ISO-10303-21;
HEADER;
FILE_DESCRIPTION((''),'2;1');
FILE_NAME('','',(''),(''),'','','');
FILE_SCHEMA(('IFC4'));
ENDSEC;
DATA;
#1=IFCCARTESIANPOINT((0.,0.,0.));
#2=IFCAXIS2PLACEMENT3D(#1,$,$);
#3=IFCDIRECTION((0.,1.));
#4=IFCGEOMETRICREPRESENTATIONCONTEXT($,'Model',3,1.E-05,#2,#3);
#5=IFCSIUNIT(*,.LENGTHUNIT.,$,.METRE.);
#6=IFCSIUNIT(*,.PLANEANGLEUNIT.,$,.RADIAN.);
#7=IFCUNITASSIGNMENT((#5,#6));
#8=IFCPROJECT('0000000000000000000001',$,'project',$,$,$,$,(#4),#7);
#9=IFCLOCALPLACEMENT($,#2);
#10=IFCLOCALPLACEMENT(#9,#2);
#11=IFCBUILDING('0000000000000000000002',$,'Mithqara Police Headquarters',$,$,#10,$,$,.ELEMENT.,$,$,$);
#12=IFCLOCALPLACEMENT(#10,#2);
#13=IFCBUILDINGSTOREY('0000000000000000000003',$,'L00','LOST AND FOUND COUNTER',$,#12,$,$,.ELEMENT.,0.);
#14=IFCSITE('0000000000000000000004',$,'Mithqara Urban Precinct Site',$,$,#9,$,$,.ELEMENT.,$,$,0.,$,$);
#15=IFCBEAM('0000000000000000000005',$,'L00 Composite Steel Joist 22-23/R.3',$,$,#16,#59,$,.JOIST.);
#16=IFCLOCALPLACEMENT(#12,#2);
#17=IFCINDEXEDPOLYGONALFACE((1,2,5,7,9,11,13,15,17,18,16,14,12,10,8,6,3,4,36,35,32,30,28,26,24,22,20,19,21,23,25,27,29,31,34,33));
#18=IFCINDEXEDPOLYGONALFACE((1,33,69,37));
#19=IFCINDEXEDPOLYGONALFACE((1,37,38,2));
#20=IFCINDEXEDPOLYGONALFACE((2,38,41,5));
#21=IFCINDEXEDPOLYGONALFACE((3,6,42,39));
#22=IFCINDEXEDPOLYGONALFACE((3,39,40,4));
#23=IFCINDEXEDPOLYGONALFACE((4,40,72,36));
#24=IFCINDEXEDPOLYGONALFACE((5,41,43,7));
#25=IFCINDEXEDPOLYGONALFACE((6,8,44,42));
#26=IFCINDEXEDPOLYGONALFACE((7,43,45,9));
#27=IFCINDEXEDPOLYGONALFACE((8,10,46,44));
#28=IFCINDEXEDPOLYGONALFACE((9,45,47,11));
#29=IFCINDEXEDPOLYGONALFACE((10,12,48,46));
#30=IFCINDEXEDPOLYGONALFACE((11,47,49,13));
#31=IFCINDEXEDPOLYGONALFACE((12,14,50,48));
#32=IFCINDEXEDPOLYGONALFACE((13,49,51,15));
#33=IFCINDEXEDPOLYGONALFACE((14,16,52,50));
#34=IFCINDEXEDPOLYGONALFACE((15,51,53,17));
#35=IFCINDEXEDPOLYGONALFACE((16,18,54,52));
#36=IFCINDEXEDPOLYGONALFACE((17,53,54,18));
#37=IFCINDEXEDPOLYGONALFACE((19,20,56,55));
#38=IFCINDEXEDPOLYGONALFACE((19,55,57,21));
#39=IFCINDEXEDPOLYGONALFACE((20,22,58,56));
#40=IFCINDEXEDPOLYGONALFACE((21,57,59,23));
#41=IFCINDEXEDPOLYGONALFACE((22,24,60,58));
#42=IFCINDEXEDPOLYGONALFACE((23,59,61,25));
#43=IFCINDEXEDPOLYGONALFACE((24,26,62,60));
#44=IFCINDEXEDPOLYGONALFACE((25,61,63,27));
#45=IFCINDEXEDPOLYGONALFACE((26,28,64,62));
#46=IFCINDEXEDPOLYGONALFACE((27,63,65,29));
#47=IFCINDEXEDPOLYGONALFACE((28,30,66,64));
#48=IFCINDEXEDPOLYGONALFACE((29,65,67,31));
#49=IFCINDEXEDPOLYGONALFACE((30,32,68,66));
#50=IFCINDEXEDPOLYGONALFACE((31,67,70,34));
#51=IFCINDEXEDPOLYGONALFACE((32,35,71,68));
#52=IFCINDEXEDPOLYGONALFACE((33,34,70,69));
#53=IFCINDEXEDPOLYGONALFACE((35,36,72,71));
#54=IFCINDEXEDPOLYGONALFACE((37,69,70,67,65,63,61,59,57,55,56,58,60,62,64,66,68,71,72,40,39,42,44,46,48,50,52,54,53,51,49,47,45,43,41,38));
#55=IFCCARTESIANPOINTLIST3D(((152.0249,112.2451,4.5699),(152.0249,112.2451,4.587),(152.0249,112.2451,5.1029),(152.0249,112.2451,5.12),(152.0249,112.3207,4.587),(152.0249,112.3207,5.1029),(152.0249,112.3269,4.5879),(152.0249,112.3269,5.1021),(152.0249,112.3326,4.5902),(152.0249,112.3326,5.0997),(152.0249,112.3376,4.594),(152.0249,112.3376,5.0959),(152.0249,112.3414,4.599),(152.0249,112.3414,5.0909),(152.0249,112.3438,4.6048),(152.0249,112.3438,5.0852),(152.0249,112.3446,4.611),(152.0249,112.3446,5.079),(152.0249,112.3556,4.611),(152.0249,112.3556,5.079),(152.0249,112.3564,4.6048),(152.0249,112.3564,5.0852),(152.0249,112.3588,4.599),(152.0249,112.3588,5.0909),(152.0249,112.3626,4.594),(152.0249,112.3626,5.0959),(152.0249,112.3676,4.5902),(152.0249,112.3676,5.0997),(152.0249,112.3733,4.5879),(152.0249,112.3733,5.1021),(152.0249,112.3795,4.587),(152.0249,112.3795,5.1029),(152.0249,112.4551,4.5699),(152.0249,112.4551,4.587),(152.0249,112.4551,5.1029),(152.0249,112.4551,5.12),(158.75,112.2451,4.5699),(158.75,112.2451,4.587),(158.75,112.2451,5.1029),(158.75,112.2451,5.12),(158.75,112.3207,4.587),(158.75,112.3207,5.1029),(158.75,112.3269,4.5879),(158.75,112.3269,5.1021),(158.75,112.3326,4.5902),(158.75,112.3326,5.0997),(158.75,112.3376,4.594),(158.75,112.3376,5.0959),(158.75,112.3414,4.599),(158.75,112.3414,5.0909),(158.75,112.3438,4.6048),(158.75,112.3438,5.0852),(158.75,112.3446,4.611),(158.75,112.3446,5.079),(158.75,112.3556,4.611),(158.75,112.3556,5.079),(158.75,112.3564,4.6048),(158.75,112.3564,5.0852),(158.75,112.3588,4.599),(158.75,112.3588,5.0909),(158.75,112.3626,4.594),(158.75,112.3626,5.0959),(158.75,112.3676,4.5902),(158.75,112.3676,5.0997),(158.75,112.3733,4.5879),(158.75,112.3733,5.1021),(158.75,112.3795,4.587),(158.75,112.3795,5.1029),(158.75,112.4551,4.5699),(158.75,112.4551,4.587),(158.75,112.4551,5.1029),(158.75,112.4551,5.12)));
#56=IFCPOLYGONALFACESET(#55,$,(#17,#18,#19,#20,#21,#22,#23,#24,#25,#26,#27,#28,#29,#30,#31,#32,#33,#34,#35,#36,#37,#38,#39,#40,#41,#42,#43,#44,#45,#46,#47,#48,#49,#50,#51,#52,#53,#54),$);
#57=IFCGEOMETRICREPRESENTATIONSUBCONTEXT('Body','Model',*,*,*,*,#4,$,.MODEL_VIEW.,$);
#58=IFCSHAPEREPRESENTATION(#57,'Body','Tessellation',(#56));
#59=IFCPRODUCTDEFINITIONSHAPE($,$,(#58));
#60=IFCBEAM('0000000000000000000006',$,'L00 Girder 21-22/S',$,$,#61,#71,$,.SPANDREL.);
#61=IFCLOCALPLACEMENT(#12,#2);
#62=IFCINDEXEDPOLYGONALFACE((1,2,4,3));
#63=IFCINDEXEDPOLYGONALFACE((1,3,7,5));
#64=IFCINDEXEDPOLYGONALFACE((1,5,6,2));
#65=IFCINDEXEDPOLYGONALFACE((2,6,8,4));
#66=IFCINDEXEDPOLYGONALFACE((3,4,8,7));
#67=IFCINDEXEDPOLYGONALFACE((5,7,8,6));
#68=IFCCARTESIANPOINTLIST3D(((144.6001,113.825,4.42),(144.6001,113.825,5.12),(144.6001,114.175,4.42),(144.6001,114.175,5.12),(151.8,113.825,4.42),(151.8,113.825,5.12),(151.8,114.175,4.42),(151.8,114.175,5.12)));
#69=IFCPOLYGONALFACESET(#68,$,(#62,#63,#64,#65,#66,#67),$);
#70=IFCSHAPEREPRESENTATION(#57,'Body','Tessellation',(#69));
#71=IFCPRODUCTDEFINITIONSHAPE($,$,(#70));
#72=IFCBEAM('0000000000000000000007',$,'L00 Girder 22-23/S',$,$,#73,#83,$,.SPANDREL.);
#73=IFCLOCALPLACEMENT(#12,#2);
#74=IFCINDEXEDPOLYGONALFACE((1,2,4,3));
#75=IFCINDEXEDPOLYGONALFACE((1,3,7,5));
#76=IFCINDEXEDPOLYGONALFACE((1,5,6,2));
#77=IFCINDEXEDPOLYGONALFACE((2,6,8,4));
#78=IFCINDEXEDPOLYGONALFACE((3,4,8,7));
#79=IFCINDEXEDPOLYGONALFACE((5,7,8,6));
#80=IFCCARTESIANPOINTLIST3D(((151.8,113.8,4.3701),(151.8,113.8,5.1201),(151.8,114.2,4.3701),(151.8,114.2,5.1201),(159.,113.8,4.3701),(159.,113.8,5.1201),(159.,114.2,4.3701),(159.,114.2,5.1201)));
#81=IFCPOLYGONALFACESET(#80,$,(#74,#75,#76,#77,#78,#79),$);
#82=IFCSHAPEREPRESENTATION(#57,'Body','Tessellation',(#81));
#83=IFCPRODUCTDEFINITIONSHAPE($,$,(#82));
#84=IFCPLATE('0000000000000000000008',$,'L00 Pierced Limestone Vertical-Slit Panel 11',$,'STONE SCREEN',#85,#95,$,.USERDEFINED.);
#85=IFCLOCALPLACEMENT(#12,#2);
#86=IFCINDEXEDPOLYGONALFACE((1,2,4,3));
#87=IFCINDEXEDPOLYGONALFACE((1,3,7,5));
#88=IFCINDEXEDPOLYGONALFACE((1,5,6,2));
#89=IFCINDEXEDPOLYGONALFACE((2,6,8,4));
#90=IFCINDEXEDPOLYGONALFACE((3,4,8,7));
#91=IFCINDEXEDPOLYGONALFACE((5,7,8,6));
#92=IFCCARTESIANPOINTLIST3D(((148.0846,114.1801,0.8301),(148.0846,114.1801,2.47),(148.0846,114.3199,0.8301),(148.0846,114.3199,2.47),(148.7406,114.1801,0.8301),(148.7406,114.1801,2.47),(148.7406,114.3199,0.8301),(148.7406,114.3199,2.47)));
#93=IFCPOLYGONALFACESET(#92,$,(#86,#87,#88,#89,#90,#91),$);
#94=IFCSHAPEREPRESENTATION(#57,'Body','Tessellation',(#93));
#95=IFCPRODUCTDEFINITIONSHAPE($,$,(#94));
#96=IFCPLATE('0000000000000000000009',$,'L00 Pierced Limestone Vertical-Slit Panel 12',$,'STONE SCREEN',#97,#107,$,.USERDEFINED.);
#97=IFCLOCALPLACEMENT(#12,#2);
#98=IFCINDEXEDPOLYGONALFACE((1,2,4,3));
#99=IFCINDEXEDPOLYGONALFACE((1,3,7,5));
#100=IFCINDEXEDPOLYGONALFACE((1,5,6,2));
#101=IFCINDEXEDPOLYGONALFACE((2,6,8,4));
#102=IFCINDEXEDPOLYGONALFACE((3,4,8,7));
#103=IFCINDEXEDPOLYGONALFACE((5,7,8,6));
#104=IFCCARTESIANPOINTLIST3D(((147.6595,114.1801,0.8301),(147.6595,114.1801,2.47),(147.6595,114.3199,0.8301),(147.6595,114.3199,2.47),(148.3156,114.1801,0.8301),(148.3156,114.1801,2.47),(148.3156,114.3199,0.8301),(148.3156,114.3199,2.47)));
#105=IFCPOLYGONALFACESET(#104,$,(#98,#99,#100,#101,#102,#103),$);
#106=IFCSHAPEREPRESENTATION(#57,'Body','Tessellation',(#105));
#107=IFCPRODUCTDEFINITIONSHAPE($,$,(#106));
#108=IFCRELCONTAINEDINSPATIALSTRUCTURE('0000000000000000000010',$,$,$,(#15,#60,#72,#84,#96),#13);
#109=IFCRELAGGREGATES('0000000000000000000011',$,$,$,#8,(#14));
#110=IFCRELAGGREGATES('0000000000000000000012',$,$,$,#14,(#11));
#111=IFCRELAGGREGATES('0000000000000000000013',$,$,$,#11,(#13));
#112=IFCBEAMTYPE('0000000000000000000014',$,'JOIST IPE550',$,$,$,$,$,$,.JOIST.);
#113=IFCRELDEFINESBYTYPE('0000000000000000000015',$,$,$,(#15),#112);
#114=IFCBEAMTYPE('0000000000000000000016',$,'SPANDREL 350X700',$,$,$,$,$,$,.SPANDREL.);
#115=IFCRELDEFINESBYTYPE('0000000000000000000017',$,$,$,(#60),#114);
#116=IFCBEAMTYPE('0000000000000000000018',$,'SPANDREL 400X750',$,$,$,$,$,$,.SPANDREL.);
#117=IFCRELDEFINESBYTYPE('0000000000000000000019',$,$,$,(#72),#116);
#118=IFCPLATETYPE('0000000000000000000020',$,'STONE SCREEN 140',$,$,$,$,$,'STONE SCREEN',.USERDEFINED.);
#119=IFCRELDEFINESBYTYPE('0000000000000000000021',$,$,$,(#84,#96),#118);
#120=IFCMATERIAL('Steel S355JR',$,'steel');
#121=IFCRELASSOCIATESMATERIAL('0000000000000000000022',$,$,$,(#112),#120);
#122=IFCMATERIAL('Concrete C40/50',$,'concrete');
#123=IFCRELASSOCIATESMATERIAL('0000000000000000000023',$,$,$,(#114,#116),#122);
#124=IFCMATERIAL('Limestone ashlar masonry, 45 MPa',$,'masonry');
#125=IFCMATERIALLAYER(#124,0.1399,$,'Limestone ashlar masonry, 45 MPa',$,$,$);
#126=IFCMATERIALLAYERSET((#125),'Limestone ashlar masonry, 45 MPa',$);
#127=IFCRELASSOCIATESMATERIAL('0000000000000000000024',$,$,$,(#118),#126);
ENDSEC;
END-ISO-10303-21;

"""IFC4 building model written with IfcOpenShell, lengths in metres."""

from ifc_helpers import new_model, si_unit, direction, frame, origin, origin_2d, place, context, subcontext, project, spatial, rectangle, i_section, extrude, material, layer, layer_set, material_profile, profile_set, type_object, element, save


model = new_model("IFC4")

# Units and contexts
model_context = context("Model", 3, precision=1e-05, world=origin(), true_north=direction((0.0, 1.0)))
body_context = subcontext(model_context, "Body", "Model", "MODEL_VIEW")
ifc_project = project(units=[si_unit("LENGTHUNIT", "METRE"), si_unit("PLANEANGLEUNIT", "RADIAN")], contexts=[model_context])

# Site, building, storey
site_placement = place(None, origin())
site = spatial("IfcSite", under=ifc_project, at=site_placement, Name="Mithqara Urban Precinct Site", CompositionType="ELEMENT", RefElevation=0.0)
building_placement = place(site_placement, origin())
building = spatial("IfcBuilding", under=site, at=building_placement, Name="Mithqara Police Headquarters", CompositionType="ELEMENT")
storey_placement = place(building_placement, origin())
storey = spatial("IfcBuildingStorey", under=building, at=storey_placement, Name="L00", Description="LOST AND FOUND COUNTER", CompositionType="ELEMENT", Elevation=0.0)

# Beams
ifc_material_1 = material(Name="Concrete C40/50", Category="concrete")
ifc_material_2 = material(Name="Steel S355JR", Category="steel")
ifc_material_profile_1 = material_profile(ifc_material_2, i_section(OverallWidth=0.21, OverallDepth=0.55, WebThickness=0.011, FlangeThickness=0.0171, FilletRadius=0.0239, at=origin_2d()), Name="IPE 550")
ifc_profile_set_1 = profile_set([ifc_material_profile_1], Name="Steel S355JR")
beam_type_1 = type_object("IfcBeamType", Name="JOIST IPE550", PredefinedType="JOIST", material=ifc_profile_set_1)
beam_1_placement = place(storey_placement, frame((152.0249, 112.3501, 4.845), z_axis=(1.0, 0.0, 0.0), x_axis=(0.0, 1.0, 0.0)))
element("IfcBeam", 1, at=beam_1_placement, inside=storey, type_object=beam_type_1, Name="L00 Composite Steel Joist 22-23/R.3", PredefinedType="JOIST", context=body_context, shape_type="SweptSolid", body=[
    extrude(i_section(OverallWidth=0.21, OverallDepth=0.55, WebThickness=0.011, FlangeThickness=0.0171, FilletRadius=0.0239, at=origin_2d()), origin(), (0.0, 0.0, 1.0), 6.7251),
])
ifc_material_profile_2 = material_profile(ifc_material_1, rectangle(XDim=0.3501, YDim=0.7, at=origin_2d()), Name="SPB 350x700")
ifc_profile_set_2 = profile_set([ifc_material_profile_2], Name="Concrete C40/50")
beam_type_2 = type_object("IfcBeamType", Name="SPANDREL 350X700", PredefinedType="SPANDREL", material=ifc_profile_set_2)
beam_2_placement = place(storey_placement, frame((144.6001, 114.0, 4.77), z_axis=(1.0, 0.0, 0.0), x_axis=(0.0, 1.0, 0.0)))
element("IfcBeam", 2, at=beam_2_placement, inside=storey, type_object=beam_type_2, Name="L00 Girder 21-22/S", PredefinedType="SPANDREL", context=body_context, shape_type="SweptSolid", body=[
    extrude(rectangle(XDim=0.3501, YDim=0.7, at=origin_2d()), origin(), (0.0, 0.0, 1.0), 7.2),
])
ifc_material_profile_3 = material_profile(ifc_material_1, rectangle(XDim=0.3999, YDim=0.75, at=origin_2d()), Name="SPB 400x750")
ifc_profile_set_3 = profile_set([ifc_material_profile_3], Name="Concrete C40/50")
beam_type_3 = type_object("IfcBeamType", Name="SPANDREL 400X750", PredefinedType="SPANDREL", material=ifc_profile_set_3)
beam_3_placement = place(storey_placement, frame((151.8, 114.0, 4.7451), z_axis=(1.0, 0.0, 0.0), x_axis=(0.0, 1.0, 0.0)))
element("IfcBeam", 3, at=beam_3_placement, inside=storey, type_object=beam_type_3, Name="L00 Girder 22-23/S", PredefinedType="SPANDREL", context=body_context, shape_type="SweptSolid", body=[
    extrude(rectangle(XDim=0.3999, YDim=0.75, at=origin_2d()), origin(), (0.0, 0.0, 1.0), 7.2),
])

# Plates
ifc_material_3 = material(Name="Limestone ashlar masonry, 45 MPa", Category="masonry")
ifc_layer_1 = layer(ifc_material_3, 0.1399, Name="Limestone ashlar masonry, 45 MPa")
ifc_layer_set_1 = layer_set([ifc_layer_1], Name="Limestone ashlar masonry, 45 MPa")
plate_type = type_object("IfcPlateType", Name="STONE SCREEN 140", ElementType="STONE SCREEN", PredefinedType="USERDEFINED", material=ifc_layer_set_1)
for number, where, z_axis, x_axis, name in (
    (4, (148.4126, 114.25, 0.8301), (0.0, 0.0, 1.0), (1.0, 0.0, 0.0), "L00 Pierced Limestone Vertical-Slit Panel 11"),
    (5, (147.9875, 114.25, 0.8301), (0.0, 0.0, 1.0), (1.0, 0.0, 0.0), "L00 Pierced Limestone Vertical-Slit Panel 12"),
):
    element("IfcPlate", number, at=place(storey_placement, frame(where, z_axis=z_axis, x_axis=x_axis)), inside=storey, type_object=plate_type, Name=name, ObjectType="STONE SCREEN", PredefinedType="USERDEFINED", context=body_context, shape_type="SweptSolid", body=[
        extrude(rectangle(XDim=0.656, YDim=0.1399, at=origin_2d()), origin(), (0.0, 0.0, 1.0), 1.6399),
    ])

save(model, "model.ifc")
